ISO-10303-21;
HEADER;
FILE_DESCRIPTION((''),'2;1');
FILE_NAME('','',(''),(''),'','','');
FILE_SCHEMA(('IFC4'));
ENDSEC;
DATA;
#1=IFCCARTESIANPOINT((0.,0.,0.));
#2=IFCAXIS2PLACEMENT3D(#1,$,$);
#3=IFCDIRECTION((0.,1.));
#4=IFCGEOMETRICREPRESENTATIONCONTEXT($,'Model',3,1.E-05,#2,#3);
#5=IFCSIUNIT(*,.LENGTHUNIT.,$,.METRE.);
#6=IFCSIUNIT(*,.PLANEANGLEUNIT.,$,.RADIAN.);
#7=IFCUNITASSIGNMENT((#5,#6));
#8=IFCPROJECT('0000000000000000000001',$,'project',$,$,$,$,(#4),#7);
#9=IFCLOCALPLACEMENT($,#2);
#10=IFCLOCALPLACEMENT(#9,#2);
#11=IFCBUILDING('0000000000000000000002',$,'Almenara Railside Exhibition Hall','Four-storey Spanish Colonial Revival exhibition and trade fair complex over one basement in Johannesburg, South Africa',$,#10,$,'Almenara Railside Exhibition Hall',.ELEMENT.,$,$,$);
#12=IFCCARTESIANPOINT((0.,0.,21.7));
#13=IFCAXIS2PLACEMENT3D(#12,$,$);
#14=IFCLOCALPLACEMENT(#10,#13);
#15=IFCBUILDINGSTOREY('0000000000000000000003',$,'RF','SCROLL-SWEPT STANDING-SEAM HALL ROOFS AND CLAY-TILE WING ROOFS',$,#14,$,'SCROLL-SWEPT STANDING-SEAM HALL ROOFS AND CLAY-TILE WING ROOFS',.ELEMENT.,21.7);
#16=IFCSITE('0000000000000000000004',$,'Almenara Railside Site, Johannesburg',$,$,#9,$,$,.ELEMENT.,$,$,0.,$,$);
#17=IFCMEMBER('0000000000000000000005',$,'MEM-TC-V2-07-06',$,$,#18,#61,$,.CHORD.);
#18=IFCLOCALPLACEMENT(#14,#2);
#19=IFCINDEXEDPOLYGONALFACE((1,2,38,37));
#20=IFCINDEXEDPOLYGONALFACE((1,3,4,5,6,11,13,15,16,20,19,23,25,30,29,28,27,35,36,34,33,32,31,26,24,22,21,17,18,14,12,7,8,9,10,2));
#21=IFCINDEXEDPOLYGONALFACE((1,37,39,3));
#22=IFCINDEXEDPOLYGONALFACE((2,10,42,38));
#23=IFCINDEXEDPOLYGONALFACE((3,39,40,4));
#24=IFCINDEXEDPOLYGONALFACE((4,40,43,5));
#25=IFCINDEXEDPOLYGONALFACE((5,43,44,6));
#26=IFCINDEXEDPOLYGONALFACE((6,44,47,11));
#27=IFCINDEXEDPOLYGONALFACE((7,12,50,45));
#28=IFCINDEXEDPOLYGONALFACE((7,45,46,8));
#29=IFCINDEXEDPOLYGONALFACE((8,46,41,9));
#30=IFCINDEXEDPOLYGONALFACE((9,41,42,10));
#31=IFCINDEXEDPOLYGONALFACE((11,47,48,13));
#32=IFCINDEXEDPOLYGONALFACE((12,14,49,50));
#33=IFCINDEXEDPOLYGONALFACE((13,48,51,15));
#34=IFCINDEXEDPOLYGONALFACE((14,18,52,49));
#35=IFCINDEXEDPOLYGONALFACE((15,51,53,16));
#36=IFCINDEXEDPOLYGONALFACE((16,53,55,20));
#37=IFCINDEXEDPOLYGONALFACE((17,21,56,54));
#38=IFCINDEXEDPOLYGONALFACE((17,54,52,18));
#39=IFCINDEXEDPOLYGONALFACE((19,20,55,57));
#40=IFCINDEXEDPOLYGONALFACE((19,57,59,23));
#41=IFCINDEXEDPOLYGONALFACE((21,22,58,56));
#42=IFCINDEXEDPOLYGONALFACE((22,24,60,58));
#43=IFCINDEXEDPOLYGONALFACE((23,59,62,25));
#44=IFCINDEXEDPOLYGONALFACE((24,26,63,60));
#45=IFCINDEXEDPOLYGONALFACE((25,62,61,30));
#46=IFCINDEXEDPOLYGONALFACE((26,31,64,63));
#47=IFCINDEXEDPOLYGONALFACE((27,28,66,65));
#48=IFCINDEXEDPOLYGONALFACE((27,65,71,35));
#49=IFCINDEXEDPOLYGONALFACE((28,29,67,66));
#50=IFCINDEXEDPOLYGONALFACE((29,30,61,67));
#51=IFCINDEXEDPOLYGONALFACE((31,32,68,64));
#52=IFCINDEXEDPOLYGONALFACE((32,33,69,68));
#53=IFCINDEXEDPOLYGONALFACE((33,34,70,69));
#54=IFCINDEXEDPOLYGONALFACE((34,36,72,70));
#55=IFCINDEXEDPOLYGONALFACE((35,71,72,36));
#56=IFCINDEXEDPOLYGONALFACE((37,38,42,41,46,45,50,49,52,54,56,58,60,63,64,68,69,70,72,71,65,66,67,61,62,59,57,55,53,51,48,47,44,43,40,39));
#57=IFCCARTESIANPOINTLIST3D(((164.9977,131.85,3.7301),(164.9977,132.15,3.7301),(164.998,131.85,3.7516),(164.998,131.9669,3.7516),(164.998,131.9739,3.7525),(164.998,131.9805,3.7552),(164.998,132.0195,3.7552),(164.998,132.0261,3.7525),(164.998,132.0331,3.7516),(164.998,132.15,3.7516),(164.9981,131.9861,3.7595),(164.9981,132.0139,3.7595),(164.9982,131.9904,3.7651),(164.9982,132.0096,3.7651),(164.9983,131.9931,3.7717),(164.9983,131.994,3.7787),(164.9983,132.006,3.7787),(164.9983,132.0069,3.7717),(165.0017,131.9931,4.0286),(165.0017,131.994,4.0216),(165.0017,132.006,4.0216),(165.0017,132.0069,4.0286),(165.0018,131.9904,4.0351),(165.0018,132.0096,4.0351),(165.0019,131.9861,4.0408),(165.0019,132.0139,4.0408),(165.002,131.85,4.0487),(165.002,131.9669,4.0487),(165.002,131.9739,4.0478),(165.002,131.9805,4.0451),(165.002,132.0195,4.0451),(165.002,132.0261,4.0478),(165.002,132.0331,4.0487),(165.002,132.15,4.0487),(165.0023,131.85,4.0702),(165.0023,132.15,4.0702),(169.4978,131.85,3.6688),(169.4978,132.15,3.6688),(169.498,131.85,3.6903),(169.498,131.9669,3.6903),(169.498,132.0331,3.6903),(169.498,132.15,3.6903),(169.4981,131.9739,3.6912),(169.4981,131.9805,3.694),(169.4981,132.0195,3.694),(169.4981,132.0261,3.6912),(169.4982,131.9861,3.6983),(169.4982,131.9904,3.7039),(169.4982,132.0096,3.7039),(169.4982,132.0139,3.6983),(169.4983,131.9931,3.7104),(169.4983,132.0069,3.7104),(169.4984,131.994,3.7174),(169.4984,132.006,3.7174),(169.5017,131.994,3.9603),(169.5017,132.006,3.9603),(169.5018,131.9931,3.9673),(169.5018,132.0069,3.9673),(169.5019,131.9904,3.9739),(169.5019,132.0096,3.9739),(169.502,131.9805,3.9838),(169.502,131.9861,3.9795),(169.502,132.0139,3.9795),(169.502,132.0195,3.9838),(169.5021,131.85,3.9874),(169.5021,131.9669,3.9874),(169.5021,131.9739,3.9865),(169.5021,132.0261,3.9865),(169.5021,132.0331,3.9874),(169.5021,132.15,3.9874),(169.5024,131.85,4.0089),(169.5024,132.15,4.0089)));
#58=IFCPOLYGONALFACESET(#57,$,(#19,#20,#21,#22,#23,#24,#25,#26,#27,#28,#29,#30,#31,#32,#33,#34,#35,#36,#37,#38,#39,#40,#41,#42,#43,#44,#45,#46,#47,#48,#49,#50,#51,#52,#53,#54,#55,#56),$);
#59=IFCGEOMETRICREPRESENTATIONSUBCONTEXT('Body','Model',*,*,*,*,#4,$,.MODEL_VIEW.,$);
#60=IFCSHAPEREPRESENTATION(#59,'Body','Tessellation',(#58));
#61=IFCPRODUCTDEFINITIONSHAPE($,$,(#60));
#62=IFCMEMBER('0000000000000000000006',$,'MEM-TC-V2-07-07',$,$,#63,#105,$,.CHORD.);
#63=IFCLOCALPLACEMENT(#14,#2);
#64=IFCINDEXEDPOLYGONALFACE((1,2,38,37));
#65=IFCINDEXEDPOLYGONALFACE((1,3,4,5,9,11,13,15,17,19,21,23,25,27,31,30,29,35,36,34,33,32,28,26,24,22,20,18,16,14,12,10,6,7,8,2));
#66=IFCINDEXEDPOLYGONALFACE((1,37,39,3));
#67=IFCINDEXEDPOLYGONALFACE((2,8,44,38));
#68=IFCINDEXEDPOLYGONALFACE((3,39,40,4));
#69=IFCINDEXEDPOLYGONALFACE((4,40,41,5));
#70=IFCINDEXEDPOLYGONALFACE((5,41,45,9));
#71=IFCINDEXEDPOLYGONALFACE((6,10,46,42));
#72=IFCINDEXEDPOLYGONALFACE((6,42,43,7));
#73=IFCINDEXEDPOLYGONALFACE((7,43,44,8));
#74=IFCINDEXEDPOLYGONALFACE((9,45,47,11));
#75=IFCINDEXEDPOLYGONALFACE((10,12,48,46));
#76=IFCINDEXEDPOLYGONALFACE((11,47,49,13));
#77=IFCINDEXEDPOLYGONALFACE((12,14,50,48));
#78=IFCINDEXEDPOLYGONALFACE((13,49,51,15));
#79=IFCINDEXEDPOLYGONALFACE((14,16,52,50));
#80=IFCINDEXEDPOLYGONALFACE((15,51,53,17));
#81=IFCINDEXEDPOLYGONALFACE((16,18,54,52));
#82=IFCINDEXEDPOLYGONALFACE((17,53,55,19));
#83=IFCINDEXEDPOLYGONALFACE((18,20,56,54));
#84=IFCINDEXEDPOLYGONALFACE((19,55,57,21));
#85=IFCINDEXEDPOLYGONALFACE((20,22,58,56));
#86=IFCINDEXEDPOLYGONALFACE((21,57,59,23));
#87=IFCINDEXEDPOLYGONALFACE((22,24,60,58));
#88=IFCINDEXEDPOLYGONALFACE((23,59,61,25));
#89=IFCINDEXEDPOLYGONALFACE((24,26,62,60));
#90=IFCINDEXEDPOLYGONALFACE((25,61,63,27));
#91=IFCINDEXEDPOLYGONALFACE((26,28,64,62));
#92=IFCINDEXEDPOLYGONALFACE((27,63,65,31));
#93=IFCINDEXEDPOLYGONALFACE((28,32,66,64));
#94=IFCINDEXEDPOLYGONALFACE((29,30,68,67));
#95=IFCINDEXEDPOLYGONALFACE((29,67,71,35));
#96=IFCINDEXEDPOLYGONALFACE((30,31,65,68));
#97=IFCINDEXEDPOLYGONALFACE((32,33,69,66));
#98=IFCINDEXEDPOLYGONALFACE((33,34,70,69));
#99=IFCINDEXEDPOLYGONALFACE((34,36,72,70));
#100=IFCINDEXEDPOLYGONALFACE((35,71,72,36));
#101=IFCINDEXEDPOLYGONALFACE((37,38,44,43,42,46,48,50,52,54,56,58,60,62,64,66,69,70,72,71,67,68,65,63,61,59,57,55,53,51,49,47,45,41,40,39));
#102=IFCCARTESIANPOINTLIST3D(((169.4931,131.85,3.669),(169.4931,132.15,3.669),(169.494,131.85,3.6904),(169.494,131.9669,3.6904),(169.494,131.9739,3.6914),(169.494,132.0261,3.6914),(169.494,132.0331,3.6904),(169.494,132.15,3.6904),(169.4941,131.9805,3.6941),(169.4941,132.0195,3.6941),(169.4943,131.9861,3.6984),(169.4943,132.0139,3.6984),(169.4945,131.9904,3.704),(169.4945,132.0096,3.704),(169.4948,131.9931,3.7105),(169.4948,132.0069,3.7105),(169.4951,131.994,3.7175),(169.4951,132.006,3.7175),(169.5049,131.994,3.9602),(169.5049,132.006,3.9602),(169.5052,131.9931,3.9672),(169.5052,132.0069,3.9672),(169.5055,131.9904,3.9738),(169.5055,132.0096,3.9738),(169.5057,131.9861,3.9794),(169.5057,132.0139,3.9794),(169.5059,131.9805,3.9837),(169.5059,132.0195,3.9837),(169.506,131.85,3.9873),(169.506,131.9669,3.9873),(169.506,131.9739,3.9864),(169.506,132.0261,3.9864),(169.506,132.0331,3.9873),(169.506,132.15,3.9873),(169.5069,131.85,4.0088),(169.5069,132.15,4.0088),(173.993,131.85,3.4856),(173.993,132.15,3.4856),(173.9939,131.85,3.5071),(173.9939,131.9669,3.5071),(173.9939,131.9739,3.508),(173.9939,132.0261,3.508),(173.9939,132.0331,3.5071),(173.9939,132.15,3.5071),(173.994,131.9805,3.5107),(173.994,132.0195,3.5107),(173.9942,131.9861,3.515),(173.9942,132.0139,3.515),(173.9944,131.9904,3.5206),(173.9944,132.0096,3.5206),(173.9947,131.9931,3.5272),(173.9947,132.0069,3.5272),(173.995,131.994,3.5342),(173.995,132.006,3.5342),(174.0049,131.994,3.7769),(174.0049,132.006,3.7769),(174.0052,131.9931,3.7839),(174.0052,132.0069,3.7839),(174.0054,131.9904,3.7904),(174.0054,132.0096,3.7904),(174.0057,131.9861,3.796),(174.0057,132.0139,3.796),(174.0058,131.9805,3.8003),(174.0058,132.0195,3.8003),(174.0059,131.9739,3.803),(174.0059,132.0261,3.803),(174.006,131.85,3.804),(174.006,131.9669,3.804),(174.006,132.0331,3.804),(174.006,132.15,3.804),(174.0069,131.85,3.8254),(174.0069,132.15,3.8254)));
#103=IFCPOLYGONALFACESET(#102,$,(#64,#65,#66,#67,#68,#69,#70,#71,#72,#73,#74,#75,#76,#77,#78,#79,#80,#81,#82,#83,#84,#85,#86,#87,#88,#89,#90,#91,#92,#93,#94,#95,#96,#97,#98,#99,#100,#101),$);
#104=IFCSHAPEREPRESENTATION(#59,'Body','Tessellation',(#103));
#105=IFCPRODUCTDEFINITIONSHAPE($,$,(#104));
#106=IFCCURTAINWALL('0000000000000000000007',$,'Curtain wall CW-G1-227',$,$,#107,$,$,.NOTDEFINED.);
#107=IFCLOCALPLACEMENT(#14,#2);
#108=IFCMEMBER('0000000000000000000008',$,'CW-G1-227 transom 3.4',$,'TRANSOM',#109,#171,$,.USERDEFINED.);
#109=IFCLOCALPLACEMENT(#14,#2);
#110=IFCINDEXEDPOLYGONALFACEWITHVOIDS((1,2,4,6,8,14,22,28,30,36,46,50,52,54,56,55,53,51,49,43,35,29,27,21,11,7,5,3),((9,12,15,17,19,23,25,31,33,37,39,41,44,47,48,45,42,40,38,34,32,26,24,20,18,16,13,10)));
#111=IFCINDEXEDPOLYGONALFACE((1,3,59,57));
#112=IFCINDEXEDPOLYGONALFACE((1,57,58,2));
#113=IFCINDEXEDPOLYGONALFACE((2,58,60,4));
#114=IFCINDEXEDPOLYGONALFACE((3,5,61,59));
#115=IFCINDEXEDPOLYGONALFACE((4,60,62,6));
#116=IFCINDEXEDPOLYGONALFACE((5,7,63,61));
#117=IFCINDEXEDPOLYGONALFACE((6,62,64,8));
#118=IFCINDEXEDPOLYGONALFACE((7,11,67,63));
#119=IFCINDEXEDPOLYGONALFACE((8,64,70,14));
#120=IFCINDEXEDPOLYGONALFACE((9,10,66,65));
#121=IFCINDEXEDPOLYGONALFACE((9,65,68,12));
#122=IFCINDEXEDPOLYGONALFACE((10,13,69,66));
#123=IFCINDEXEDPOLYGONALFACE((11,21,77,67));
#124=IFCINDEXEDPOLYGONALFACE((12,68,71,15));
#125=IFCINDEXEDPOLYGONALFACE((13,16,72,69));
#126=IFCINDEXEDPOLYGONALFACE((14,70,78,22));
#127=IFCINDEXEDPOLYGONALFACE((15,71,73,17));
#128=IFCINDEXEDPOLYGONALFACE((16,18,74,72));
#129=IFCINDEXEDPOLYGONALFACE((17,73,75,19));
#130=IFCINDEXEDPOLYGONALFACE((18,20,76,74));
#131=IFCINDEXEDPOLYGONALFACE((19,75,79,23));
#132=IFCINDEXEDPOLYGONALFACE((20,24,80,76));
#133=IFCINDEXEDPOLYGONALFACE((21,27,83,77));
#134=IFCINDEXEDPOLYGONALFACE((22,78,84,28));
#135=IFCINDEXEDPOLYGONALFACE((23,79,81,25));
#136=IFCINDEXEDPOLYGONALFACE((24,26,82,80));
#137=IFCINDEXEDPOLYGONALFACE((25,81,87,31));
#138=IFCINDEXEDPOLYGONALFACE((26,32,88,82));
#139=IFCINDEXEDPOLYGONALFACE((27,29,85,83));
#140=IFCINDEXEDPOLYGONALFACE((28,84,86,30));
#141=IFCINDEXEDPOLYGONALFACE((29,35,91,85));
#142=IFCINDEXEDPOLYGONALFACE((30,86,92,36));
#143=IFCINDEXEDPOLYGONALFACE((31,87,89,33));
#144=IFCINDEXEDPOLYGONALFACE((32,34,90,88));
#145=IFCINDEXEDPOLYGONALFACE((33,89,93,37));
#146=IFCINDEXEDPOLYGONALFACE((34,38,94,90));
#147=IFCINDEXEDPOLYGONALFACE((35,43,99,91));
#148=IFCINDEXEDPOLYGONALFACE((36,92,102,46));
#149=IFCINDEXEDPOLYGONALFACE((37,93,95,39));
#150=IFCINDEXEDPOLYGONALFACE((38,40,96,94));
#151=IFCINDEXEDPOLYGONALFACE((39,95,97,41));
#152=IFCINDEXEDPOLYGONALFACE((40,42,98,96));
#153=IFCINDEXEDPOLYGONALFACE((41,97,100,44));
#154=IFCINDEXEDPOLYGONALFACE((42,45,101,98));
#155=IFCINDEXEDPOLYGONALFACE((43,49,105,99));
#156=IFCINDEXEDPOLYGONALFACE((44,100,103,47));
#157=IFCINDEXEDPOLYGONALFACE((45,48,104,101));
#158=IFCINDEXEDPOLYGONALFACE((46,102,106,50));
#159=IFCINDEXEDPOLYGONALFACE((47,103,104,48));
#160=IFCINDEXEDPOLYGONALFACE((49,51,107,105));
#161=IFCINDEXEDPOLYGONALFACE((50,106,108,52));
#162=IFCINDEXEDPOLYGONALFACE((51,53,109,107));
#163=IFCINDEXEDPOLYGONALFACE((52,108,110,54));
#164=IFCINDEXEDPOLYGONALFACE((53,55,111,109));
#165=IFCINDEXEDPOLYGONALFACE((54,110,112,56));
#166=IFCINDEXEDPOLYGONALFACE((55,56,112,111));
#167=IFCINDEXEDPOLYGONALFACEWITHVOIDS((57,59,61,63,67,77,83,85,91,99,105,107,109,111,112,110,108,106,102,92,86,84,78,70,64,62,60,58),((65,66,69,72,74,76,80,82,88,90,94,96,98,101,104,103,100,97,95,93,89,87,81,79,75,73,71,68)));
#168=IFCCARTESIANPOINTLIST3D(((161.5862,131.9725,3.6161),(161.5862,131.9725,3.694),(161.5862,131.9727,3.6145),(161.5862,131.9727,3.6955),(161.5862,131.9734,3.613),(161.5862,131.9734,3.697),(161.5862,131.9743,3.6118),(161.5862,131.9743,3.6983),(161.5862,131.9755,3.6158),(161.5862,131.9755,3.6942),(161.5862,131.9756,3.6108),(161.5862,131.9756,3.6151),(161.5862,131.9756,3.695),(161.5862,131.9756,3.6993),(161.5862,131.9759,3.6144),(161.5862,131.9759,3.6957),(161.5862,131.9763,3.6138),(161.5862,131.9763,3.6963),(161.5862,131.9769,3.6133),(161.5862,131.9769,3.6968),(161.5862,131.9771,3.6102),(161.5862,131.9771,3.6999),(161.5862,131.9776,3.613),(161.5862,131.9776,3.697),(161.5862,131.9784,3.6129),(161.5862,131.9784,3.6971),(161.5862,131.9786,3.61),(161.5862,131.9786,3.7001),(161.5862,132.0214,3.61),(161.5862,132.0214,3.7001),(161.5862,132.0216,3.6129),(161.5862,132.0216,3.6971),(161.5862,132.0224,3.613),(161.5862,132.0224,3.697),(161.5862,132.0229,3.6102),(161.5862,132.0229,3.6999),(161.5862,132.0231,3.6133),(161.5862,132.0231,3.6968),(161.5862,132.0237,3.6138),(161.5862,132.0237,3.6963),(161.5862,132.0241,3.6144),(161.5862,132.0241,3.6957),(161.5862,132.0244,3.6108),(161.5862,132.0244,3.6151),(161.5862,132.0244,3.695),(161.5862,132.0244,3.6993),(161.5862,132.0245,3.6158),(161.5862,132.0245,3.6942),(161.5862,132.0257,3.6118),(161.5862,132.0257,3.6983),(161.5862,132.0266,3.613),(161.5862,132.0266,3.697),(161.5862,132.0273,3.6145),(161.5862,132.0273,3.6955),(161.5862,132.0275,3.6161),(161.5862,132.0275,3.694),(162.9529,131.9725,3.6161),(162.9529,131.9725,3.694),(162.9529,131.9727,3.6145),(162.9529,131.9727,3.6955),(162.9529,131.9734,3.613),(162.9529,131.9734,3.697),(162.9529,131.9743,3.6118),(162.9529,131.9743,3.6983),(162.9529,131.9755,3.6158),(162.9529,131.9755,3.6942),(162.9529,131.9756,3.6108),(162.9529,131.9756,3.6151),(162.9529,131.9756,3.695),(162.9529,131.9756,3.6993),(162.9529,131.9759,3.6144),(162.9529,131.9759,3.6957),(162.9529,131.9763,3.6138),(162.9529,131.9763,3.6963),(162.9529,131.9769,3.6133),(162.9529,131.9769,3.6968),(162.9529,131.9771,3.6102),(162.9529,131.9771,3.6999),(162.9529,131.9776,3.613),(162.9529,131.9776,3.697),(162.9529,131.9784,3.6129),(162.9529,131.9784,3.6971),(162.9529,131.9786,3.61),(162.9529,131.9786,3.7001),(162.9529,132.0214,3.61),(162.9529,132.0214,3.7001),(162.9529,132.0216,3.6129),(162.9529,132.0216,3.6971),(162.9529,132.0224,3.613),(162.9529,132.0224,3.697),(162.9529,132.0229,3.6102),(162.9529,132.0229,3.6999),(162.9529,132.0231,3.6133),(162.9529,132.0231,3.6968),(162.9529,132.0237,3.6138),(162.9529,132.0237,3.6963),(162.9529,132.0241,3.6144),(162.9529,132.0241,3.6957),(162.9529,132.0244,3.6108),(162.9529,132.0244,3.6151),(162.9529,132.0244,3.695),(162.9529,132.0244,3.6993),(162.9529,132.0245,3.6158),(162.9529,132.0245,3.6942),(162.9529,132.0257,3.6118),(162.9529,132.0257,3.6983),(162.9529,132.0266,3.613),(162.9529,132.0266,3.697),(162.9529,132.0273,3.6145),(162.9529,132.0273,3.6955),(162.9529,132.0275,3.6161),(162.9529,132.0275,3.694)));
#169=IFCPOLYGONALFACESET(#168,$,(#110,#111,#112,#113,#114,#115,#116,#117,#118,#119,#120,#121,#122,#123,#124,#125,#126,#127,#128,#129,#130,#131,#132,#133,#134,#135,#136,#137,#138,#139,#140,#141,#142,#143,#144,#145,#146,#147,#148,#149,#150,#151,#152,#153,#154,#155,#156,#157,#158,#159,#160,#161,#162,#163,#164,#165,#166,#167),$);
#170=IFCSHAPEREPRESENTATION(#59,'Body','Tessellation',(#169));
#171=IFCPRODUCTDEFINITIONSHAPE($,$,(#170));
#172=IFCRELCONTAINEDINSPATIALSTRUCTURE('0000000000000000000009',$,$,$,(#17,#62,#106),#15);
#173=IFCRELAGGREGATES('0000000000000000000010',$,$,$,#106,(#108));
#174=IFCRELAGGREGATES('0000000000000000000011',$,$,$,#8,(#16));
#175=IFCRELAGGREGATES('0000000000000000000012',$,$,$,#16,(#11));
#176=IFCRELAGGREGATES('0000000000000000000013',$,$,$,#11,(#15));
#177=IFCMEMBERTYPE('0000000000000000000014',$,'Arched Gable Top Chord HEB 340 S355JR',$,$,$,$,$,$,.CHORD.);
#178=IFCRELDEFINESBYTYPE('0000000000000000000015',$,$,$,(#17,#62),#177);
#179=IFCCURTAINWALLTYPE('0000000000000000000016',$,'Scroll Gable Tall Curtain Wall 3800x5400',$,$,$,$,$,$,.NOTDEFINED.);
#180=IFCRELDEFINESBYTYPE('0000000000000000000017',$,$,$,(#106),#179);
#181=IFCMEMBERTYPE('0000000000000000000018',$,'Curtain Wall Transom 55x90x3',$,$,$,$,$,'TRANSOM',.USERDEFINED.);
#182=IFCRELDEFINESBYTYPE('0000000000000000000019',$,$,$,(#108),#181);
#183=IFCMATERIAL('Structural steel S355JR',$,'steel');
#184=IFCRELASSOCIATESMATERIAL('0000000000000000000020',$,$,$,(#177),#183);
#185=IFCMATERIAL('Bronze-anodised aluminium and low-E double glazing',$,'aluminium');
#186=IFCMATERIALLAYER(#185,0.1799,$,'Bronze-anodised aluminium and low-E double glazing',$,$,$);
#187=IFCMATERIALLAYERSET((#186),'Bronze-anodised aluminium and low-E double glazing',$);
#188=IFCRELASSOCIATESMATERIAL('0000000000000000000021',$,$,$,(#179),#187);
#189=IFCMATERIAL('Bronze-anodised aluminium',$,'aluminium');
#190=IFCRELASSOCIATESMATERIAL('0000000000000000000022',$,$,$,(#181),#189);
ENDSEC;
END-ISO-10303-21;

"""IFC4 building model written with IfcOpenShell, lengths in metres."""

from ifc_helpers import new_model, si_unit, direction, frame, origin, origin_2d, place, context, subcontext, project, spatial, hollow_rectangle, i_section, extrude, material, layer, layer_set, material_profile, profile_set, type_object, element, aggregate, save


model = new_model("IFC4")

# Units and contexts
model_context = context("Model", 3, precision=1e-05, world=origin(), true_north=direction((0.0, 1.0)))
body_context = subcontext(model_context, "Body", "Model", "MODEL_VIEW")
ifc_project = project(units=[si_unit("LENGTHUNIT", "METRE"), si_unit("PLANEANGLEUNIT", "RADIAN")], contexts=[model_context])

# Site, building, storey
site_placement = place(None, origin())
site = spatial("IfcSite", under=ifc_project, at=site_placement, Name="Almenara Railside Site, Johannesburg", CompositionType="ELEMENT", RefElevation=0.0)
building_placement = place(site_placement, origin())
building = spatial("IfcBuilding", under=site, at=building_placement, Name="Almenara Railside Exhibition Hall", Description="Four-storey Spanish Colonial Revival exhibition and trade fair complex over one basement in Johannesburg, South Africa", LongName="Almenara Railside Exhibition Hall", CompositionType="ELEMENT")
storey_placement = place(building_placement, frame((0.0, 0.0, 21.7)))
storey = spatial("IfcBuildingStorey", under=building, at=storey_placement, Name="RF", Description="SCROLL-SWEPT STANDING-SEAM HALL ROOFS AND CLAY-TILE WING ROOFS", LongName="SCROLL-SWEPT STANDING-SEAM HALL ROOFS AND CLAY-TILE WING ROOFS", CompositionType="ELEMENT", Elevation=21.7)

# Members
ifc_material_1 = material(Name="Structural steel S355JR", Category="steel")
ifc_material_profile_1 = material_profile(ifc_material_1, i_section(OverallWidth=0.3, OverallDepth=0.3401, WebThickness=0.012, FlangeThickness=0.0215, FilletRadius=0.0271, at=origin_2d()), Name="HEB 340")
ifc_profile_set_1 = profile_set([ifc_material_profile_1], Name="Structural steel S355JR")
member_type_1 = type_object("IfcMemberType", Name="Arched Gable Top Chord HEB 340 S355JR", PredefinedType="CHORD", material=ifc_profile_set_1)
for number, where, z_axis, x_axis, name in (
    (1, (165.0, 132.0, 3.9001), (0.999907, 0.0, -0.013616), (0.0, 1.0, 0.0), "MEM-TC-V2-07-06"),
):
    element("IfcMember", number, at=place(storey_placement, frame(where, z_axis=z_axis, x_axis=x_axis)), inside=storey, type_object=member_type_1, Name=name, PredefinedType="CHORD", context=body_context, shape_type="SweptSolid", body=[
        extrude(i_section(OverallWidth=0.3, OverallDepth=0.3401, WebThickness=0.012, FlangeThickness=0.0215, FilletRadius=0.0271, at=origin_2d()), origin(), (0.0, 0.0, 1.0), 4.5005),
    ])
member_1_placement = place(storey_placement, frame((169.5, 132.0, 3.8389), z_axis=(0.999171, 0.0, -0.040711), x_axis=(0.0, 1.0, 0.0)))
element("IfcMember", 2, at=member_1_placement, inside=storey, type_object=member_type_1, Name="MEM-TC-V2-07-07", PredefinedType="CHORD", context=body_context, shape_type="SweptSolid", body=[
    extrude(i_section(OverallWidth=0.3, OverallDepth=0.3401, WebThickness=0.012, FlangeThickness=0.0215, FilletRadius=0.0271, at=origin_2d()), origin(), (0.0, 0.0, 1.0), 4.5037),
])

# Curtain wall, member
ifc_material_2 = material(Name="Bronze-anodised aluminium and low-E double glazing", Category="aluminium")
ifc_layer_1 = layer(ifc_material_2, 0.1799, Name="Bronze-anodised aluminium and low-E double glazing")
ifc_layer_set_1 = layer_set([ifc_layer_1], Name="Bronze-anodised aluminium and low-E double glazing")
curtain_wall_type = type_object("IfcCurtainWallType", Name="Scroll Gable Tall Curtain Wall 3800x5400", PredefinedType="NOTDEFINED", material=ifc_layer_set_1)
curtain_wall_1_placement = place(storey_placement, origin())
curtain_wall_1 = element("IfcCurtainWall", 3, at=curtain_wall_1_placement, inside=storey, type_object=curtain_wall_type, Name="Curtain wall CW-G1-227", PredefinedType="NOTDEFINED")
ifc_material_3 = material(Name="Bronze-anodised aluminium", Category="aluminium")
ifc_material_profile_2 = material_profile(ifc_material_3, hollow_rectangle(XDim=0.0549, YDim=0.0901, WallThickness=0.0029, InnerFilletRadius=0.0029, OuterFilletRadius=0.0061, at=origin_2d()), Name="ALU-TRN 55x90x3")
ifc_profile_set_2 = profile_set([ifc_material_profile_2], Name="Bronze-anodised aluminium")
member_type_2 = type_object("IfcMemberType", Name="Curtain Wall Transom 55x90x3", ElementType="TRANSOM", PredefinedType="USERDEFINED", material=ifc_profile_set_2)
member_2_placement = place(storey_placement, frame((161.5862, 132.0, 3.655), z_axis=(1.0, 0.0, 0.0), x_axis=(0.0, 1.0, 0.0)))
member_2 = element("IfcMember", 4, at=member_2_placement, type_object=member_type_2, Name="CW-G1-227 transom 3.4", ObjectType="TRANSOM", PredefinedType="USERDEFINED", context=body_context, shape_type="SweptSolid", body=[
    extrude(hollow_rectangle(XDim=0.0549, YDim=0.0901, WallThickness=0.0029, InnerFilletRadius=0.0029, OuterFilletRadius=0.0061, at=origin_2d()), origin(), (0.0, 0.0, 1.0), 1.3667),
])

aggregate(curtain_wall_1, [member_2])

save(model, "model.ifc")
